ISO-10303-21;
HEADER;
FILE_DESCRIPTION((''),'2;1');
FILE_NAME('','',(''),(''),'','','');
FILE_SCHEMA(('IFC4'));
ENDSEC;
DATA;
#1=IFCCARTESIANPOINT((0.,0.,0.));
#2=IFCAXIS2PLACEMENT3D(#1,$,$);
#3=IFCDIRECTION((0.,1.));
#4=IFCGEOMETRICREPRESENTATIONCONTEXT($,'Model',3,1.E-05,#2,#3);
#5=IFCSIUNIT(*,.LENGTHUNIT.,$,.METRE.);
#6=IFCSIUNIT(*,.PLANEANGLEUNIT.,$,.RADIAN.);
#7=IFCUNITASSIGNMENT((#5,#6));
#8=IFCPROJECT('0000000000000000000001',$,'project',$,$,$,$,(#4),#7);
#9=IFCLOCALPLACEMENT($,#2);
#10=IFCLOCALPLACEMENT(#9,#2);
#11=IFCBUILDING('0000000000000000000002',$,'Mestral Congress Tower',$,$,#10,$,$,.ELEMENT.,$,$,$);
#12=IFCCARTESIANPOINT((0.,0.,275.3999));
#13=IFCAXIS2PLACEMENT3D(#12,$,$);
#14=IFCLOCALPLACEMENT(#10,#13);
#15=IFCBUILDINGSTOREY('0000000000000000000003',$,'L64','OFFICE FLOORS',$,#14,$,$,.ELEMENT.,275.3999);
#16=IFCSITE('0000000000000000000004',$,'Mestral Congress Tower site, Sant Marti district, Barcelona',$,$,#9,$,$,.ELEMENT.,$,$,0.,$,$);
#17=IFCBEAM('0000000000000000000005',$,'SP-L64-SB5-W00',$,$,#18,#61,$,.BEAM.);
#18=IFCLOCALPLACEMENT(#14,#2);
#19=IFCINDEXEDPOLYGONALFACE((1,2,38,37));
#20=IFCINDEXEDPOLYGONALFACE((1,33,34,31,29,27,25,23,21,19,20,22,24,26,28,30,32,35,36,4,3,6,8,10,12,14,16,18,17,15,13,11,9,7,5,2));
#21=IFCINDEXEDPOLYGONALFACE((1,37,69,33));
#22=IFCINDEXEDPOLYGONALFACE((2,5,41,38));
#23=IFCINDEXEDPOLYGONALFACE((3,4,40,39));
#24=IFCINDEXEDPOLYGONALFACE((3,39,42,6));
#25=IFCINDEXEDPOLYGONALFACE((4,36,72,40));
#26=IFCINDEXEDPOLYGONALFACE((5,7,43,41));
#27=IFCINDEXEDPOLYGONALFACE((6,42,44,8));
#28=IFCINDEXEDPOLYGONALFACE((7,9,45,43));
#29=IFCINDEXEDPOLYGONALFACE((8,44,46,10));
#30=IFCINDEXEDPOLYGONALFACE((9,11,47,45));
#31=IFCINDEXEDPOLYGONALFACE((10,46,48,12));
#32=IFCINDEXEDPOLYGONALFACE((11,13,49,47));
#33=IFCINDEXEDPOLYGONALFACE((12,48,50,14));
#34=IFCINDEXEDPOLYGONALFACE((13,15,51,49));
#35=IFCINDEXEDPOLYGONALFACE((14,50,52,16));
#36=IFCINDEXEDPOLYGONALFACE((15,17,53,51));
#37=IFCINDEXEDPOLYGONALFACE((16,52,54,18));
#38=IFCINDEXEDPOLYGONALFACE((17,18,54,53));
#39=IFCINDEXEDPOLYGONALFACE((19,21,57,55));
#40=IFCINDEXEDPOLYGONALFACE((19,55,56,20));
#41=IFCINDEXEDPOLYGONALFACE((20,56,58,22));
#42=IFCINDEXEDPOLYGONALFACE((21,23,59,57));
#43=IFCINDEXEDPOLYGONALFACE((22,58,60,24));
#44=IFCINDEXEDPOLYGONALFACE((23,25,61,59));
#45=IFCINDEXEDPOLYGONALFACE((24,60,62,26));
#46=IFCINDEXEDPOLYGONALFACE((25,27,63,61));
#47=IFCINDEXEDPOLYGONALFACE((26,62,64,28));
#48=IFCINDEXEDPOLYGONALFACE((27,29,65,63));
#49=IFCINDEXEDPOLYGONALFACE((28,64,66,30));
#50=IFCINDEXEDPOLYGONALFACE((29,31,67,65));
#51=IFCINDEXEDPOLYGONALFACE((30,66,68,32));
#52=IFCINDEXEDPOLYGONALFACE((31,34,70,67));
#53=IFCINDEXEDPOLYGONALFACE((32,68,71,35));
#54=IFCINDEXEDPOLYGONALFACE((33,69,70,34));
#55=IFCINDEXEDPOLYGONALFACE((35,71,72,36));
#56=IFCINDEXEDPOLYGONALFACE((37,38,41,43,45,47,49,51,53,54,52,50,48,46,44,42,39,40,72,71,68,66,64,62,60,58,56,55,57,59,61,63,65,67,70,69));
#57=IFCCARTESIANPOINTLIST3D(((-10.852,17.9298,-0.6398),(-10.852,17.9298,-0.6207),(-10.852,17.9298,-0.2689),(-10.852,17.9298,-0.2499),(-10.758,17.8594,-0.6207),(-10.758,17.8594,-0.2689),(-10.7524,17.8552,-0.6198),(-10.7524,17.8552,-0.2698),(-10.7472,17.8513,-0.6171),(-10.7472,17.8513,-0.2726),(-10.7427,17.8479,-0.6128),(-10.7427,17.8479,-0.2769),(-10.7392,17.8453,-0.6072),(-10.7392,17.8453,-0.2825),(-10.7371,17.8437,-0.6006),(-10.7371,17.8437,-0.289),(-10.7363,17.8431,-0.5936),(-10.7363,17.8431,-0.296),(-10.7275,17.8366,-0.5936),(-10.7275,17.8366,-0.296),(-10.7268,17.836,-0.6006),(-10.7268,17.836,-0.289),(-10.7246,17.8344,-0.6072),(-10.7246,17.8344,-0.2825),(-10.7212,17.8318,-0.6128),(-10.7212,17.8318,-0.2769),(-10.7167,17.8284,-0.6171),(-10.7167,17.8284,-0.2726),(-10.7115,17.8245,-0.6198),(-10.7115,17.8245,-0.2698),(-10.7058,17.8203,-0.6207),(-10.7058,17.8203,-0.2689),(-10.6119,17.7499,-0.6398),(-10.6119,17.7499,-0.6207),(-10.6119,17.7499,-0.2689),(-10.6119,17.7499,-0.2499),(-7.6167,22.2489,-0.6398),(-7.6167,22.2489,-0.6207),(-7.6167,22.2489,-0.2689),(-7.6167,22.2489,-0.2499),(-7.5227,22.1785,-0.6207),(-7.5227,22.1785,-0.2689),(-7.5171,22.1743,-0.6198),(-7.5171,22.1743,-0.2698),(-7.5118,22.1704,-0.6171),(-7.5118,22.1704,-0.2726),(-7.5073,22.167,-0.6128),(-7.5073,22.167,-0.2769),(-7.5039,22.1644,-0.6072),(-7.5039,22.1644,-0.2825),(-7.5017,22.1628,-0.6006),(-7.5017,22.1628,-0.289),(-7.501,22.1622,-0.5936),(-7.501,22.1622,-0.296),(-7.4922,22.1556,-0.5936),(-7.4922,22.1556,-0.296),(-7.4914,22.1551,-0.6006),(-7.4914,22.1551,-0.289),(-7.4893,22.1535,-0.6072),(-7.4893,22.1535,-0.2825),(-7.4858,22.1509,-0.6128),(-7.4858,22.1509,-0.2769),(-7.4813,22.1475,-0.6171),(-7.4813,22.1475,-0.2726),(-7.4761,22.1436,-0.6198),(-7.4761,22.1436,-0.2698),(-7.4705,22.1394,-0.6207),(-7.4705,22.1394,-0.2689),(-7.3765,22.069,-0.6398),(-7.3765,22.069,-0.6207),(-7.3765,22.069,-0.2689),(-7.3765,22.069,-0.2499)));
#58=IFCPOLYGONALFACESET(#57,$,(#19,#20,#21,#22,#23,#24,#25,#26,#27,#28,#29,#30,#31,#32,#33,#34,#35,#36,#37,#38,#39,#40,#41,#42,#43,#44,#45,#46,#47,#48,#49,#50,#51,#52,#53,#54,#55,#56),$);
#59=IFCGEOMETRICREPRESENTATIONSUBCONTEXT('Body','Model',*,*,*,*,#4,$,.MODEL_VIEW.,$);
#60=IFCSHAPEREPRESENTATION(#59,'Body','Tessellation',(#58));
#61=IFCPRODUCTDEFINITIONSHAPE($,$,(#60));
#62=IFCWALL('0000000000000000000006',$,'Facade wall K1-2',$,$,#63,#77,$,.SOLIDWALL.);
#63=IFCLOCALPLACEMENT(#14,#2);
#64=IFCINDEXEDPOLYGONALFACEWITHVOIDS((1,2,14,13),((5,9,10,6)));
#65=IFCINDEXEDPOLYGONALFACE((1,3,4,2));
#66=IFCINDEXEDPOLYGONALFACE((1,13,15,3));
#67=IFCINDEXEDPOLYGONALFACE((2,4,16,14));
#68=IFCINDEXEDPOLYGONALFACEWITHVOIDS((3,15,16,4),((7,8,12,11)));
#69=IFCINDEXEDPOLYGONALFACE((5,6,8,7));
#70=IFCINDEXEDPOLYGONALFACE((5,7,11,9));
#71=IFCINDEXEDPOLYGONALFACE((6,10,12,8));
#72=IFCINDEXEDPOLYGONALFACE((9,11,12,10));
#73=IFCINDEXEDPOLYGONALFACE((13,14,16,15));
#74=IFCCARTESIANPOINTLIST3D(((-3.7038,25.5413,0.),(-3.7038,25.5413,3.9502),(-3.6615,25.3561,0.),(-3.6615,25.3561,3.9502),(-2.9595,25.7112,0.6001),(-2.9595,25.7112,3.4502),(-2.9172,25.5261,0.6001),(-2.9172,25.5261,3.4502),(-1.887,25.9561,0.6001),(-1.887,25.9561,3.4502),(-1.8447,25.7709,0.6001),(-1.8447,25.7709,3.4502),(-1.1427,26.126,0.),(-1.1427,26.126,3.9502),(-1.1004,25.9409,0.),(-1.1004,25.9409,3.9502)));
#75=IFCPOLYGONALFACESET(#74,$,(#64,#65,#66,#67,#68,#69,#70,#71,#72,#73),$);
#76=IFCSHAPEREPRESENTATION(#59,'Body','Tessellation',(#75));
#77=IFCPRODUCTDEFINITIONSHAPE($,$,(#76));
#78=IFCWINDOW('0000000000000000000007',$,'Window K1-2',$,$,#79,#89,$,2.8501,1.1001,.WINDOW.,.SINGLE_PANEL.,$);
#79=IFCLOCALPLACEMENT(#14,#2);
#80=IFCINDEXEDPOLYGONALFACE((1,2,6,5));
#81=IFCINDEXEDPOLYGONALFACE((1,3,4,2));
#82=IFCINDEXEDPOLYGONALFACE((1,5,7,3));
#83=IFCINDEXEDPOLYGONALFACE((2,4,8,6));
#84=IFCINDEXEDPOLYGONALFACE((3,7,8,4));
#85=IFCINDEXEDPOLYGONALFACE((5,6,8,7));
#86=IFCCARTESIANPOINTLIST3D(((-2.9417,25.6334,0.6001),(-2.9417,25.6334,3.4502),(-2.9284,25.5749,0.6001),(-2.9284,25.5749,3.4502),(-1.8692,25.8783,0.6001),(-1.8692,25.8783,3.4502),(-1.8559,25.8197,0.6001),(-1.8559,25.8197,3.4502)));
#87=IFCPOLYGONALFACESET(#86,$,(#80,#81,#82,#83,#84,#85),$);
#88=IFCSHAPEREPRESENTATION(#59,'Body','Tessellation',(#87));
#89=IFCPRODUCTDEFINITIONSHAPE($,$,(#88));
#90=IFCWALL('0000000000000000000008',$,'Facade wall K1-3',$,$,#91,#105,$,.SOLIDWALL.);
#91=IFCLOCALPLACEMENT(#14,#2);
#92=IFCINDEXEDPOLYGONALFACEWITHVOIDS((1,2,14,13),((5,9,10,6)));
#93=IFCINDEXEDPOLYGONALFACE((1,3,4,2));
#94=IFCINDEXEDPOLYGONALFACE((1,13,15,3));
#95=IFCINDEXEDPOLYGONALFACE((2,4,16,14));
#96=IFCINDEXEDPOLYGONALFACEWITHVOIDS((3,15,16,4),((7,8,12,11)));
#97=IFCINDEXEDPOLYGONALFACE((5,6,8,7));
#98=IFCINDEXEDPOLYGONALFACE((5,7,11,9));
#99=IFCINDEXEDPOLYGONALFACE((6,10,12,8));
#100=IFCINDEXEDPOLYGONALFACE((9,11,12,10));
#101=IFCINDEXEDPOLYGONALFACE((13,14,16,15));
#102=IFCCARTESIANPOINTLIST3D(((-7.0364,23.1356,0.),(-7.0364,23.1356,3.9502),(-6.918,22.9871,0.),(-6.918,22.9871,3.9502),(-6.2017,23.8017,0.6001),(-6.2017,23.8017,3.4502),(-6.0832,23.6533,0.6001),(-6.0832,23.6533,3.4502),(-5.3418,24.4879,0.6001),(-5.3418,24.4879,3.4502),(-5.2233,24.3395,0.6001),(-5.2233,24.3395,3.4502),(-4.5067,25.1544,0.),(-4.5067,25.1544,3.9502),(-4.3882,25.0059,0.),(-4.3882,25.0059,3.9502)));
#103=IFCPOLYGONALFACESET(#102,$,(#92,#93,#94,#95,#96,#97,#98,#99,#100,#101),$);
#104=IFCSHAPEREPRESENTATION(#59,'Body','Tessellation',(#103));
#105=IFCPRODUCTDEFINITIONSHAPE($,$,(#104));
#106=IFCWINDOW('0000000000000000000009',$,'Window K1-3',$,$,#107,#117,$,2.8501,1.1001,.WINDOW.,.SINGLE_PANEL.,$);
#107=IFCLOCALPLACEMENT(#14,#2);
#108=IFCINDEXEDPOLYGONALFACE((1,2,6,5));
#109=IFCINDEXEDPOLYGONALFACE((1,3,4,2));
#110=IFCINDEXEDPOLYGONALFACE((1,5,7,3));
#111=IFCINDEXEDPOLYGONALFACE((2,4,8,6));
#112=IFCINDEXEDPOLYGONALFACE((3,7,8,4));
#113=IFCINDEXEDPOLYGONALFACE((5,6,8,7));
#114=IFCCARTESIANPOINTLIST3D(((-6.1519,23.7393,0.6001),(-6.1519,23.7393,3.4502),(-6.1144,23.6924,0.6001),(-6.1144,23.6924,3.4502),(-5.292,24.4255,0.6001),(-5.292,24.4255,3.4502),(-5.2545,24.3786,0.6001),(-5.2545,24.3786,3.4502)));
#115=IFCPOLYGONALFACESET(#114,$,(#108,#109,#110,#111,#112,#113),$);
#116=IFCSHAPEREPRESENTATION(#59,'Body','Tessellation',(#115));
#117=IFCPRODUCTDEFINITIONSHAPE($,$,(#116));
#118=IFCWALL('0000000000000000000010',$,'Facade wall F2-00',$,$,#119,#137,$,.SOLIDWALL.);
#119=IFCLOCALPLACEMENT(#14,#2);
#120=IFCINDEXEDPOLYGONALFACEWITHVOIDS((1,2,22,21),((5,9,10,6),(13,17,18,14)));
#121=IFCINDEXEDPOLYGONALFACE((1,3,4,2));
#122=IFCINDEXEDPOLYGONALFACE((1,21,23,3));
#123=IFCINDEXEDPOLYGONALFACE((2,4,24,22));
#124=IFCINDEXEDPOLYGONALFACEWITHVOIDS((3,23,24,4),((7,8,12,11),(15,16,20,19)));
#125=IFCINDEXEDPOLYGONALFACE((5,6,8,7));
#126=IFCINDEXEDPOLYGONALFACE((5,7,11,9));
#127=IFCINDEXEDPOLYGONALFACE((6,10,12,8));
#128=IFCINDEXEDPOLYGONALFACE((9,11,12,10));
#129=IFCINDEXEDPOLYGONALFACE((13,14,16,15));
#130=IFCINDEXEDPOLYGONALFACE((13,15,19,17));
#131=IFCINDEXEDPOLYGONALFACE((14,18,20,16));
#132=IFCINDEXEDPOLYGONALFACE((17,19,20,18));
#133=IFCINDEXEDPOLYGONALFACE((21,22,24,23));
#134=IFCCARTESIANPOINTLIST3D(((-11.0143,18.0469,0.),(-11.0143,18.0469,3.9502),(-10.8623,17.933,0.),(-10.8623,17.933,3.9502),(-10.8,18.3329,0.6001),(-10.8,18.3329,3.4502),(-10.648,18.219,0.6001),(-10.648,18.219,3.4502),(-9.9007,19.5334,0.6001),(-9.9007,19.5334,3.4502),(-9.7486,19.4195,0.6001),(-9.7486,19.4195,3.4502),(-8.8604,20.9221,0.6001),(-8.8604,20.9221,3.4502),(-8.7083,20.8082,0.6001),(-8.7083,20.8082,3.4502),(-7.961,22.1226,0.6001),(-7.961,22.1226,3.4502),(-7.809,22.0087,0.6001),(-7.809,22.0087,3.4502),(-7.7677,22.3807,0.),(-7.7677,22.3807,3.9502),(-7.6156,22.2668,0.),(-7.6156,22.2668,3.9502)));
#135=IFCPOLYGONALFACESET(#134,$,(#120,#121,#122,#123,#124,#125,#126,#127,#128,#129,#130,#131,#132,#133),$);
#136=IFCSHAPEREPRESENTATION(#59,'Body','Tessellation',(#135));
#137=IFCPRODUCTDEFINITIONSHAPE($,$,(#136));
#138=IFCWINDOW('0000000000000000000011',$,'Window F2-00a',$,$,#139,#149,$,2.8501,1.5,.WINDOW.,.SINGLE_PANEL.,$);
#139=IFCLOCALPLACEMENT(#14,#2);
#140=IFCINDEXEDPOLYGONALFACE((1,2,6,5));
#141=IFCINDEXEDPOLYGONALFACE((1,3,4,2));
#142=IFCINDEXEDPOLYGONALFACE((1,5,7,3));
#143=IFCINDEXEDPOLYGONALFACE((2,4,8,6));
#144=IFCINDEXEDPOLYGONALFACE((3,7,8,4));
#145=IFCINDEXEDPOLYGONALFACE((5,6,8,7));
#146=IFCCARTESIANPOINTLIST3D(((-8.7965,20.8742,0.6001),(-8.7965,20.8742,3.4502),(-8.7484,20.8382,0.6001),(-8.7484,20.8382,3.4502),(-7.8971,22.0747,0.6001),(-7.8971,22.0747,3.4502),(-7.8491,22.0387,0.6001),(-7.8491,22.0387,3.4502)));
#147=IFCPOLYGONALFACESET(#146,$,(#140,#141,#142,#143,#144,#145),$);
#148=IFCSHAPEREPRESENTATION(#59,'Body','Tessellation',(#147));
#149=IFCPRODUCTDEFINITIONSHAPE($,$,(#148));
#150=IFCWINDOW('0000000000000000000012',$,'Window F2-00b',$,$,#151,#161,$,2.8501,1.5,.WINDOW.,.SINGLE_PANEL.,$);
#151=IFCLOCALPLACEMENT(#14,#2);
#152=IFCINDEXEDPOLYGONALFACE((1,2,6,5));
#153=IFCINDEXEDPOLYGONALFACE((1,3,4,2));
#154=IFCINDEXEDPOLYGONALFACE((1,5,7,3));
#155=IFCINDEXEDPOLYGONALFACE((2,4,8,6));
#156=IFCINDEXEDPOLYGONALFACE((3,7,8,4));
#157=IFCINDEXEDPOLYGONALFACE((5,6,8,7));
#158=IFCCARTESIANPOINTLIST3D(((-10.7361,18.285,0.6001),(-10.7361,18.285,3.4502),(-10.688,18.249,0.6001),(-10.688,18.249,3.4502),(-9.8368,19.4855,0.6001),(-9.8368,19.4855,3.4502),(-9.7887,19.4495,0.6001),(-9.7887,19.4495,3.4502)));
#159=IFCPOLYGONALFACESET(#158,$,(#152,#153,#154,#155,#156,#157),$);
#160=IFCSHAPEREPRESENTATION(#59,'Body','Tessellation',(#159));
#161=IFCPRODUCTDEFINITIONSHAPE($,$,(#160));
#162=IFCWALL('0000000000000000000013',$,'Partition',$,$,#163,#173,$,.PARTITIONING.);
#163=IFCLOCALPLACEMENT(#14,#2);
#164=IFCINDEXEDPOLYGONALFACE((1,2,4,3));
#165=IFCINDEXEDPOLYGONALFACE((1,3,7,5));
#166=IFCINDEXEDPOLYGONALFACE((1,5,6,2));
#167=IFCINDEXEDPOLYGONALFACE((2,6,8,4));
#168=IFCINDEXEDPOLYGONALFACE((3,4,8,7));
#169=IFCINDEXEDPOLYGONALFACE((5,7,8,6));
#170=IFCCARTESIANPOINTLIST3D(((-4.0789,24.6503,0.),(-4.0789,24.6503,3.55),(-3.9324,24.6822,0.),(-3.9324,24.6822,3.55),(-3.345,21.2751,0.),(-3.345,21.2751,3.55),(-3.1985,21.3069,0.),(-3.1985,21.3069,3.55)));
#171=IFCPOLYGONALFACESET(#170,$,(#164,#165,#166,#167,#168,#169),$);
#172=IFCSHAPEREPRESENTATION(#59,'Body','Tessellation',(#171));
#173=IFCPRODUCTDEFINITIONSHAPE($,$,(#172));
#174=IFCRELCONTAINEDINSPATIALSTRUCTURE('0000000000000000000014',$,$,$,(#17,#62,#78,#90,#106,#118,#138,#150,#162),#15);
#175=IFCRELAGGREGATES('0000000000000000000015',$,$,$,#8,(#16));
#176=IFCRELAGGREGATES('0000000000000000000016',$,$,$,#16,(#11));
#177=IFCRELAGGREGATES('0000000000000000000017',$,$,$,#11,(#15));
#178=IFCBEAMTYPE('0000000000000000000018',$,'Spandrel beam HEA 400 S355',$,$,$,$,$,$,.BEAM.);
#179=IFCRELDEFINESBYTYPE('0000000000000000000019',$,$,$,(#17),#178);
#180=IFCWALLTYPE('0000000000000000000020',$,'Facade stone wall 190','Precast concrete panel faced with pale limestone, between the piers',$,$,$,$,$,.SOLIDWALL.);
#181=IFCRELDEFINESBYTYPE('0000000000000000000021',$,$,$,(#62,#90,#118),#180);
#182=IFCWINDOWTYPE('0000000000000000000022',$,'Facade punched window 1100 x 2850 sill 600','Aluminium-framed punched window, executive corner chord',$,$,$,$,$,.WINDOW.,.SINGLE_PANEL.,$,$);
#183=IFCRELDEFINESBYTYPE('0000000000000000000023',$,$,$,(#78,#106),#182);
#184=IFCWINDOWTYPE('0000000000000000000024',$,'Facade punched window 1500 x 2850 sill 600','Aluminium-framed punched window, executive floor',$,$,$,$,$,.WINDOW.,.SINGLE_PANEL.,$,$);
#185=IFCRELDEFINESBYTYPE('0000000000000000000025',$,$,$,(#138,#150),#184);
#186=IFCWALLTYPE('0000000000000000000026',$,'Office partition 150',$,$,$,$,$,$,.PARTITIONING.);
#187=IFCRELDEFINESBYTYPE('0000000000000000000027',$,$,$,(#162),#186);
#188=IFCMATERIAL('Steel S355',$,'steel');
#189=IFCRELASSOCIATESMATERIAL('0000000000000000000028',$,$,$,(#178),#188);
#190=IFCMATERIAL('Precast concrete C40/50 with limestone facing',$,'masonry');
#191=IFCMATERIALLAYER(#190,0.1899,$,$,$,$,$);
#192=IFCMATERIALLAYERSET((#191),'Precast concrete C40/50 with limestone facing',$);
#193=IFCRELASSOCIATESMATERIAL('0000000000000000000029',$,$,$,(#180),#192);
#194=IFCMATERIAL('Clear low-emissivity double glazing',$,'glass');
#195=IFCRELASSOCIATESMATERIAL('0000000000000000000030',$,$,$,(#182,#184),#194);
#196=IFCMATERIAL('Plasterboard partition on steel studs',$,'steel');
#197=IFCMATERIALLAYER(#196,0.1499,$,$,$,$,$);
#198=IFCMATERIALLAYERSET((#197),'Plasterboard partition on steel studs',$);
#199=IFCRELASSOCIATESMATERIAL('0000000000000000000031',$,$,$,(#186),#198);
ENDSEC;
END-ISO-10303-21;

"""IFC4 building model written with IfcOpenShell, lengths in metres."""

from ifc_helpers import new_model, si_unit, direction, frame, frame_2d, origin, origin_2d, place, context, subcontext, project, spatial, rectangle, i_section, extrude, material, layer, layer_set, material_profile, profile_set, type_object, element, fill, save


model = new_model("IFC4")

# Units and contexts
model_context = context("Model", 3, precision=1e-05, world=origin(), true_north=direction((0.0, 1.0)))
body_context = subcontext(model_context, "Body", "Model", "MODEL_VIEW")
ifc_project = project(units=[si_unit("LENGTHUNIT", "METRE"), si_unit("PLANEANGLEUNIT", "RADIAN")], contexts=[model_context])

# Site, building, storey
site_placement = place(None, origin())
site = spatial("IfcSite", under=ifc_project, at=site_placement, Name="Mestral Congress Tower site, Sant Marti district, Barcelona", CompositionType="ELEMENT", RefElevation=0.0)
building_placement = place(site_placement, origin())
building = spatial("IfcBuilding", under=site, at=building_placement, Name="Mestral Congress Tower", CompositionType="ELEMENT")
storey_placement = place(building_placement, frame((0.0, 0.0, 275.3999)))
storey = spatial("IfcBuildingStorey", under=building, at=storey_placement, Name="L64", Description="OFFICE FLOORS", CompositionType="ELEMENT", Elevation=275.3999)

# Beam
ifc_material_1 = material(Name="Steel S355", Category="steel")
ifc_material_profile_1 = material_profile(ifc_material_1, i_section(OverallWidth=0.3, OverallDepth=0.3899, WebThickness=0.011, FlangeThickness=0.019, FilletRadius=0.0271, at=origin_2d()), Name="HEA 400")
ifc_profile_set_1 = profile_set([ifc_material_profile_1], Name="Steel S355")
beam_type_1 = type_object("IfcBeamType", Name="Spandrel beam HEA 400 S355", PredefinedType="BEAM", material=ifc_profile_set_1)
beam_1_placement = place(storey_placement, frame((-7.4966, 22.1589, -0.4448), z_axis=(-0.599529, -0.800353, 0.0), x_axis=(0.800353, -0.599529, 0.0)))
element("IfcBeam", 1, at=beam_1_placement, inside=storey, type_object=beam_type_1, Name="SP-L64-SB5-W00", PredefinedType="BEAM", context=body_context, shape_type="SweptSolid", body=[
    extrude(i_section(OverallWidth=0.3, OverallDepth=0.3899, WebThickness=0.011, FlangeThickness=0.019, FilletRadius=0.0271, at=origin_2d()), origin(), (0.0, 0.0, 1.0), 5.3965),
])

# Walls, openings, windows
ifc_material_2 = material(Name="Precast concrete C40/50 with limestone facing", Category="masonry")
ifc_layer_1 = layer(ifc_material_2, 0.1899)
ifc_layer_set_1 = layer_set([ifc_layer_1], Name="Precast concrete C40/50 with limestone facing")
wall_type_1 = type_object("IfcWallType", Name="Facade stone wall 190", Description="Precast concrete panel faced with pale limestone, between the piers", PredefinedType="SOLIDWALL", material=ifc_layer_set_1)
wall_1_placement = place(storey_placement, frame((-1.1216, 26.0334, 0.0), z_axis=(0.0, 0.0, 1.0), x_axis=(-0.974913, -0.222585, 0.0)))
wall_1 = element("IfcWall", 2, at=wall_1_placement, inside=storey, type_object=wall_type_1, Name="Facade wall K1-2", PredefinedType="SOLIDWALL", context=body_context, shape_type="SweptSolid", body=[
    extrude(rectangle(XDim=2.627, YDim=0.1899, at=frame_2d((1.3135, 0.0))), origin(), (0.0, 0.0, 1.0), 3.9502),
])
opening_1_placement = place(wall_1_placement, frame((0.7634, 0.0, 0.6001)))
opening_1 = element("IfcOpeningElement", 3, at=opening_1_placement, cuts=wall_1, PredefinedType="OPENING", context=body_context, shape_type="SweptSolid", body=[
    extrude(rectangle(XDim=1.1001, YDim=2.8501, at=frame_2d((0.55, 1.425))), frame((0.0, 0.105, 0.0), z_axis=(0.0, -1.0, 0.0), x_axis=(1.0, 0.0, 0.0)), (0.0, 0.0, 1.0), 0.21),
])
ifc_material_3 = material(Name="Clear low-emissivity double glazing", Category="glass")
window_type_1 = type_object("IfcWindowType", Name="Facade punched window 1100 x 2850 sill 600", Description="Aluminium-framed punched window, executive corner chord", PartitioningType="SINGLE_PANEL", PredefinedType="WINDOW", material=ifc_material_3)
window_1_placement = place(opening_1_placement, origin())
window_1 = element("IfcWindow", 4, at=window_1_placement, inside=storey, type_object=window_type_1, Name="Window K1-2", OverallHeight=2.8501, OverallWidth=1.1001, PartitioningType="SINGLE_PANEL", PredefinedType="WINDOW", context=body_context, shape_type="SweptSolid", body=[
    extrude(rectangle(XDim=1.1001, YDim=2.8501, at=frame_2d((0.55, 1.425))), frame((0.0, 0.0449, 0.0), z_axis=(0.0, -1.0, 0.0), x_axis=(1.0, 0.0, 0.0)), (0.0, 0.0, 1.0), 0.0601),
])
fill(opening_1, window_1)
wall_2_placement = place(storey_placement, frame((-4.4475, 25.0801, 0.0), z_axis=(0.0, 0.0, 1.0), x_axis=(-0.781626, -0.623747, 0.0)))
wall_2 = element("IfcWall", 5, at=wall_2_placement, inside=storey, type_object=wall_type_1, Name="Facade wall K1-3", PredefinedType="SOLIDWALL", context=body_context, shape_type="SweptSolid", body=[
    extrude(rectangle(XDim=3.2366, YDim=0.1899, at=frame_2d((1.6182, 0.0))), origin(), (0.0, 0.0, 1.0), 3.9502),
])
opening_2_placement = place(wall_2_placement, frame((1.0684, 0.0, 0.6001)))
opening_2 = element("IfcOpeningElement", 6, at=opening_2_placement, cuts=wall_2, PredefinedType="OPENING", context=body_context, shape_type="SweptSolid", body=[
    extrude(rectangle(XDim=1.1001, YDim=2.8501, at=frame_2d((0.55, 1.425))), frame((0.0, 0.105, 0.0), z_axis=(0.0, -1.0, 0.0), x_axis=(1.0, 0.0, 0.0)), (0.0, 0.0, 1.0), 0.21),
])
window_2_placement = place(opening_2_placement, origin())
window_2 = element("IfcWindow", 7, at=window_2_placement, inside=storey, type_object=window_type_1, Name="Window K1-3", OverallHeight=2.8501, OverallWidth=1.1001, PartitioningType="SINGLE_PANEL", PredefinedType="WINDOW", context=body_context, shape_type="SweptSolid", body=[
    extrude(rectangle(XDim=1.1001, YDim=2.8501, at=frame_2d((0.55, 1.425))), frame((0.0, 0.0449, 0.0), z_axis=(0.0, -1.0, 0.0), x_axis=(1.0, 0.0, 0.0)), (0.0, 0.0, 1.0), 0.0601),
])
fill(opening_2, window_2)

# Wall, openings, windows
wall_3_placement = place(storey_placement, frame((-7.6917, 22.3237, 0.0), z_axis=(0.0, 0.0, 1.0), x_axis=(-0.59956, -0.80033, 0.0)))
wall_3 = element("IfcWall", 8, at=wall_3_placement, inside=storey, type_object=wall_type_1, Name="Facade wall F2-00", PredefinedType="SOLIDWALL", context=body_context, shape_type="SweptSolid", body=[
    extrude(rectangle(XDim=5.415, YDim=0.1899, at=frame_2d((2.7075, 0.0))), origin(), (0.0, 0.0, 1.0), 3.9502),
])
opening_3_placement = place(wall_3_placement, frame((0.3225, 0.0, 0.6001)))
opening_3 = element("IfcOpeningElement", 9, at=opening_3_placement, cuts=wall_3, PredefinedType="OPENING", context=body_context, shape_type="SweptSolid", body=[
    extrude(rectangle(XDim=1.5, YDim=2.8501, at=frame_2d((0.75, 1.425))), frame((0.0, 0.105, 0.0), z_axis=(0.0, -1.0, 0.0), x_axis=(1.0, 0.0, 0.0)), (0.0, 0.0, 1.0), 0.21),
])
opening_4_placement = place(wall_3_placement, frame((3.5576, 0.0, 0.6001)))
opening_4 = element("IfcOpeningElement", 10, at=opening_4_placement, cuts=wall_3, PredefinedType="OPENING", context=body_context, shape_type="SweptSolid", body=[
    extrude(rectangle(XDim=1.5, YDim=2.8501, at=frame_2d((0.75, 1.425))), frame((0.0, 0.105, 0.0), z_axis=(0.0, -1.0, 0.0), x_axis=(1.0, 0.0, 0.0)), (0.0, 0.0, 1.0), 0.21),
])
window_type_2 = type_object("IfcWindowType", Name="Facade punched window 1500 x 2850 sill 600", Description="Aluminium-framed punched window, executive floor", PartitioningType="SINGLE_PANEL", PredefinedType="WINDOW", material=ifc_material_3)
window_3_placement = place(opening_3_placement, origin())
window_3 = element("IfcWindow", 11, at=window_3_placement, inside=storey, type_object=window_type_2, Name="Window F2-00a", OverallHeight=2.8501, OverallWidth=1.5, PartitioningType="SINGLE_PANEL", PredefinedType="WINDOW", context=body_context, shape_type="SweptSolid", body=[
    extrude(rectangle(XDim=1.5, YDim=2.8501, at=frame_2d((0.75, 1.425))), frame((0.0, 0.0449, 0.0), z_axis=(0.0, -1.0, 0.0), x_axis=(1.0, 0.0, 0.0)), (0.0, 0.0, 1.0), 0.0601),
])
fill(opening_3, window_3)
window_4_placement = place(opening_4_placement, origin())
window_4 = element("IfcWindow", 12, at=window_4_placement, inside=storey, type_object=window_type_2, Name="Window F2-00b", OverallHeight=2.8501, OverallWidth=1.5, PartitioningType="SINGLE_PANEL", PredefinedType="WINDOW", context=body_context, shape_type="SweptSolid", body=[
    extrude(rectangle(XDim=1.5, YDim=2.8501, at=frame_2d((0.75, 1.425))), frame((0.0, 0.0449, 0.0), z_axis=(0.0, -1.0, 0.0), x_axis=(1.0, 0.0, 0.0)), (0.0, 0.0, 1.0), 0.0601),
])
fill(opening_4, window_4)

# Wall
ifc_material_4 = material(Name="Plasterboard partition on steel studs", Category="steel")
ifc_layer_2 = layer(ifc_material_4, 0.1499)
ifc_layer_set_2 = layer_set([ifc_layer_2], Name="Plasterboard partition on steel studs")
wall_type_2 = type_object("IfcWallType", Name="Office partition 150", PredefinedType="PARTITIONING", material=ifc_layer_set_2)
wall_4_placement = place(storey_placement, frame((-3.2717, 21.291, 0.0), z_axis=(0.0, 0.0, 1.0), x_axis=(-0.212468, 0.977168, 0.0)))
element("IfcWall", 13, at=wall_4_placement, inside=storey, type_object=wall_type_2, Name="Partition", PredefinedType="PARTITIONING", context=body_context, shape_type="SweptSolid", body=[
    extrude(rectangle(XDim=3.4541, YDim=0.1499, at=frame_2d((1.7271, 0.0))), origin(), (0.0, 0.0, 1.0), 3.55),
])

save(model, "model.ifc")
